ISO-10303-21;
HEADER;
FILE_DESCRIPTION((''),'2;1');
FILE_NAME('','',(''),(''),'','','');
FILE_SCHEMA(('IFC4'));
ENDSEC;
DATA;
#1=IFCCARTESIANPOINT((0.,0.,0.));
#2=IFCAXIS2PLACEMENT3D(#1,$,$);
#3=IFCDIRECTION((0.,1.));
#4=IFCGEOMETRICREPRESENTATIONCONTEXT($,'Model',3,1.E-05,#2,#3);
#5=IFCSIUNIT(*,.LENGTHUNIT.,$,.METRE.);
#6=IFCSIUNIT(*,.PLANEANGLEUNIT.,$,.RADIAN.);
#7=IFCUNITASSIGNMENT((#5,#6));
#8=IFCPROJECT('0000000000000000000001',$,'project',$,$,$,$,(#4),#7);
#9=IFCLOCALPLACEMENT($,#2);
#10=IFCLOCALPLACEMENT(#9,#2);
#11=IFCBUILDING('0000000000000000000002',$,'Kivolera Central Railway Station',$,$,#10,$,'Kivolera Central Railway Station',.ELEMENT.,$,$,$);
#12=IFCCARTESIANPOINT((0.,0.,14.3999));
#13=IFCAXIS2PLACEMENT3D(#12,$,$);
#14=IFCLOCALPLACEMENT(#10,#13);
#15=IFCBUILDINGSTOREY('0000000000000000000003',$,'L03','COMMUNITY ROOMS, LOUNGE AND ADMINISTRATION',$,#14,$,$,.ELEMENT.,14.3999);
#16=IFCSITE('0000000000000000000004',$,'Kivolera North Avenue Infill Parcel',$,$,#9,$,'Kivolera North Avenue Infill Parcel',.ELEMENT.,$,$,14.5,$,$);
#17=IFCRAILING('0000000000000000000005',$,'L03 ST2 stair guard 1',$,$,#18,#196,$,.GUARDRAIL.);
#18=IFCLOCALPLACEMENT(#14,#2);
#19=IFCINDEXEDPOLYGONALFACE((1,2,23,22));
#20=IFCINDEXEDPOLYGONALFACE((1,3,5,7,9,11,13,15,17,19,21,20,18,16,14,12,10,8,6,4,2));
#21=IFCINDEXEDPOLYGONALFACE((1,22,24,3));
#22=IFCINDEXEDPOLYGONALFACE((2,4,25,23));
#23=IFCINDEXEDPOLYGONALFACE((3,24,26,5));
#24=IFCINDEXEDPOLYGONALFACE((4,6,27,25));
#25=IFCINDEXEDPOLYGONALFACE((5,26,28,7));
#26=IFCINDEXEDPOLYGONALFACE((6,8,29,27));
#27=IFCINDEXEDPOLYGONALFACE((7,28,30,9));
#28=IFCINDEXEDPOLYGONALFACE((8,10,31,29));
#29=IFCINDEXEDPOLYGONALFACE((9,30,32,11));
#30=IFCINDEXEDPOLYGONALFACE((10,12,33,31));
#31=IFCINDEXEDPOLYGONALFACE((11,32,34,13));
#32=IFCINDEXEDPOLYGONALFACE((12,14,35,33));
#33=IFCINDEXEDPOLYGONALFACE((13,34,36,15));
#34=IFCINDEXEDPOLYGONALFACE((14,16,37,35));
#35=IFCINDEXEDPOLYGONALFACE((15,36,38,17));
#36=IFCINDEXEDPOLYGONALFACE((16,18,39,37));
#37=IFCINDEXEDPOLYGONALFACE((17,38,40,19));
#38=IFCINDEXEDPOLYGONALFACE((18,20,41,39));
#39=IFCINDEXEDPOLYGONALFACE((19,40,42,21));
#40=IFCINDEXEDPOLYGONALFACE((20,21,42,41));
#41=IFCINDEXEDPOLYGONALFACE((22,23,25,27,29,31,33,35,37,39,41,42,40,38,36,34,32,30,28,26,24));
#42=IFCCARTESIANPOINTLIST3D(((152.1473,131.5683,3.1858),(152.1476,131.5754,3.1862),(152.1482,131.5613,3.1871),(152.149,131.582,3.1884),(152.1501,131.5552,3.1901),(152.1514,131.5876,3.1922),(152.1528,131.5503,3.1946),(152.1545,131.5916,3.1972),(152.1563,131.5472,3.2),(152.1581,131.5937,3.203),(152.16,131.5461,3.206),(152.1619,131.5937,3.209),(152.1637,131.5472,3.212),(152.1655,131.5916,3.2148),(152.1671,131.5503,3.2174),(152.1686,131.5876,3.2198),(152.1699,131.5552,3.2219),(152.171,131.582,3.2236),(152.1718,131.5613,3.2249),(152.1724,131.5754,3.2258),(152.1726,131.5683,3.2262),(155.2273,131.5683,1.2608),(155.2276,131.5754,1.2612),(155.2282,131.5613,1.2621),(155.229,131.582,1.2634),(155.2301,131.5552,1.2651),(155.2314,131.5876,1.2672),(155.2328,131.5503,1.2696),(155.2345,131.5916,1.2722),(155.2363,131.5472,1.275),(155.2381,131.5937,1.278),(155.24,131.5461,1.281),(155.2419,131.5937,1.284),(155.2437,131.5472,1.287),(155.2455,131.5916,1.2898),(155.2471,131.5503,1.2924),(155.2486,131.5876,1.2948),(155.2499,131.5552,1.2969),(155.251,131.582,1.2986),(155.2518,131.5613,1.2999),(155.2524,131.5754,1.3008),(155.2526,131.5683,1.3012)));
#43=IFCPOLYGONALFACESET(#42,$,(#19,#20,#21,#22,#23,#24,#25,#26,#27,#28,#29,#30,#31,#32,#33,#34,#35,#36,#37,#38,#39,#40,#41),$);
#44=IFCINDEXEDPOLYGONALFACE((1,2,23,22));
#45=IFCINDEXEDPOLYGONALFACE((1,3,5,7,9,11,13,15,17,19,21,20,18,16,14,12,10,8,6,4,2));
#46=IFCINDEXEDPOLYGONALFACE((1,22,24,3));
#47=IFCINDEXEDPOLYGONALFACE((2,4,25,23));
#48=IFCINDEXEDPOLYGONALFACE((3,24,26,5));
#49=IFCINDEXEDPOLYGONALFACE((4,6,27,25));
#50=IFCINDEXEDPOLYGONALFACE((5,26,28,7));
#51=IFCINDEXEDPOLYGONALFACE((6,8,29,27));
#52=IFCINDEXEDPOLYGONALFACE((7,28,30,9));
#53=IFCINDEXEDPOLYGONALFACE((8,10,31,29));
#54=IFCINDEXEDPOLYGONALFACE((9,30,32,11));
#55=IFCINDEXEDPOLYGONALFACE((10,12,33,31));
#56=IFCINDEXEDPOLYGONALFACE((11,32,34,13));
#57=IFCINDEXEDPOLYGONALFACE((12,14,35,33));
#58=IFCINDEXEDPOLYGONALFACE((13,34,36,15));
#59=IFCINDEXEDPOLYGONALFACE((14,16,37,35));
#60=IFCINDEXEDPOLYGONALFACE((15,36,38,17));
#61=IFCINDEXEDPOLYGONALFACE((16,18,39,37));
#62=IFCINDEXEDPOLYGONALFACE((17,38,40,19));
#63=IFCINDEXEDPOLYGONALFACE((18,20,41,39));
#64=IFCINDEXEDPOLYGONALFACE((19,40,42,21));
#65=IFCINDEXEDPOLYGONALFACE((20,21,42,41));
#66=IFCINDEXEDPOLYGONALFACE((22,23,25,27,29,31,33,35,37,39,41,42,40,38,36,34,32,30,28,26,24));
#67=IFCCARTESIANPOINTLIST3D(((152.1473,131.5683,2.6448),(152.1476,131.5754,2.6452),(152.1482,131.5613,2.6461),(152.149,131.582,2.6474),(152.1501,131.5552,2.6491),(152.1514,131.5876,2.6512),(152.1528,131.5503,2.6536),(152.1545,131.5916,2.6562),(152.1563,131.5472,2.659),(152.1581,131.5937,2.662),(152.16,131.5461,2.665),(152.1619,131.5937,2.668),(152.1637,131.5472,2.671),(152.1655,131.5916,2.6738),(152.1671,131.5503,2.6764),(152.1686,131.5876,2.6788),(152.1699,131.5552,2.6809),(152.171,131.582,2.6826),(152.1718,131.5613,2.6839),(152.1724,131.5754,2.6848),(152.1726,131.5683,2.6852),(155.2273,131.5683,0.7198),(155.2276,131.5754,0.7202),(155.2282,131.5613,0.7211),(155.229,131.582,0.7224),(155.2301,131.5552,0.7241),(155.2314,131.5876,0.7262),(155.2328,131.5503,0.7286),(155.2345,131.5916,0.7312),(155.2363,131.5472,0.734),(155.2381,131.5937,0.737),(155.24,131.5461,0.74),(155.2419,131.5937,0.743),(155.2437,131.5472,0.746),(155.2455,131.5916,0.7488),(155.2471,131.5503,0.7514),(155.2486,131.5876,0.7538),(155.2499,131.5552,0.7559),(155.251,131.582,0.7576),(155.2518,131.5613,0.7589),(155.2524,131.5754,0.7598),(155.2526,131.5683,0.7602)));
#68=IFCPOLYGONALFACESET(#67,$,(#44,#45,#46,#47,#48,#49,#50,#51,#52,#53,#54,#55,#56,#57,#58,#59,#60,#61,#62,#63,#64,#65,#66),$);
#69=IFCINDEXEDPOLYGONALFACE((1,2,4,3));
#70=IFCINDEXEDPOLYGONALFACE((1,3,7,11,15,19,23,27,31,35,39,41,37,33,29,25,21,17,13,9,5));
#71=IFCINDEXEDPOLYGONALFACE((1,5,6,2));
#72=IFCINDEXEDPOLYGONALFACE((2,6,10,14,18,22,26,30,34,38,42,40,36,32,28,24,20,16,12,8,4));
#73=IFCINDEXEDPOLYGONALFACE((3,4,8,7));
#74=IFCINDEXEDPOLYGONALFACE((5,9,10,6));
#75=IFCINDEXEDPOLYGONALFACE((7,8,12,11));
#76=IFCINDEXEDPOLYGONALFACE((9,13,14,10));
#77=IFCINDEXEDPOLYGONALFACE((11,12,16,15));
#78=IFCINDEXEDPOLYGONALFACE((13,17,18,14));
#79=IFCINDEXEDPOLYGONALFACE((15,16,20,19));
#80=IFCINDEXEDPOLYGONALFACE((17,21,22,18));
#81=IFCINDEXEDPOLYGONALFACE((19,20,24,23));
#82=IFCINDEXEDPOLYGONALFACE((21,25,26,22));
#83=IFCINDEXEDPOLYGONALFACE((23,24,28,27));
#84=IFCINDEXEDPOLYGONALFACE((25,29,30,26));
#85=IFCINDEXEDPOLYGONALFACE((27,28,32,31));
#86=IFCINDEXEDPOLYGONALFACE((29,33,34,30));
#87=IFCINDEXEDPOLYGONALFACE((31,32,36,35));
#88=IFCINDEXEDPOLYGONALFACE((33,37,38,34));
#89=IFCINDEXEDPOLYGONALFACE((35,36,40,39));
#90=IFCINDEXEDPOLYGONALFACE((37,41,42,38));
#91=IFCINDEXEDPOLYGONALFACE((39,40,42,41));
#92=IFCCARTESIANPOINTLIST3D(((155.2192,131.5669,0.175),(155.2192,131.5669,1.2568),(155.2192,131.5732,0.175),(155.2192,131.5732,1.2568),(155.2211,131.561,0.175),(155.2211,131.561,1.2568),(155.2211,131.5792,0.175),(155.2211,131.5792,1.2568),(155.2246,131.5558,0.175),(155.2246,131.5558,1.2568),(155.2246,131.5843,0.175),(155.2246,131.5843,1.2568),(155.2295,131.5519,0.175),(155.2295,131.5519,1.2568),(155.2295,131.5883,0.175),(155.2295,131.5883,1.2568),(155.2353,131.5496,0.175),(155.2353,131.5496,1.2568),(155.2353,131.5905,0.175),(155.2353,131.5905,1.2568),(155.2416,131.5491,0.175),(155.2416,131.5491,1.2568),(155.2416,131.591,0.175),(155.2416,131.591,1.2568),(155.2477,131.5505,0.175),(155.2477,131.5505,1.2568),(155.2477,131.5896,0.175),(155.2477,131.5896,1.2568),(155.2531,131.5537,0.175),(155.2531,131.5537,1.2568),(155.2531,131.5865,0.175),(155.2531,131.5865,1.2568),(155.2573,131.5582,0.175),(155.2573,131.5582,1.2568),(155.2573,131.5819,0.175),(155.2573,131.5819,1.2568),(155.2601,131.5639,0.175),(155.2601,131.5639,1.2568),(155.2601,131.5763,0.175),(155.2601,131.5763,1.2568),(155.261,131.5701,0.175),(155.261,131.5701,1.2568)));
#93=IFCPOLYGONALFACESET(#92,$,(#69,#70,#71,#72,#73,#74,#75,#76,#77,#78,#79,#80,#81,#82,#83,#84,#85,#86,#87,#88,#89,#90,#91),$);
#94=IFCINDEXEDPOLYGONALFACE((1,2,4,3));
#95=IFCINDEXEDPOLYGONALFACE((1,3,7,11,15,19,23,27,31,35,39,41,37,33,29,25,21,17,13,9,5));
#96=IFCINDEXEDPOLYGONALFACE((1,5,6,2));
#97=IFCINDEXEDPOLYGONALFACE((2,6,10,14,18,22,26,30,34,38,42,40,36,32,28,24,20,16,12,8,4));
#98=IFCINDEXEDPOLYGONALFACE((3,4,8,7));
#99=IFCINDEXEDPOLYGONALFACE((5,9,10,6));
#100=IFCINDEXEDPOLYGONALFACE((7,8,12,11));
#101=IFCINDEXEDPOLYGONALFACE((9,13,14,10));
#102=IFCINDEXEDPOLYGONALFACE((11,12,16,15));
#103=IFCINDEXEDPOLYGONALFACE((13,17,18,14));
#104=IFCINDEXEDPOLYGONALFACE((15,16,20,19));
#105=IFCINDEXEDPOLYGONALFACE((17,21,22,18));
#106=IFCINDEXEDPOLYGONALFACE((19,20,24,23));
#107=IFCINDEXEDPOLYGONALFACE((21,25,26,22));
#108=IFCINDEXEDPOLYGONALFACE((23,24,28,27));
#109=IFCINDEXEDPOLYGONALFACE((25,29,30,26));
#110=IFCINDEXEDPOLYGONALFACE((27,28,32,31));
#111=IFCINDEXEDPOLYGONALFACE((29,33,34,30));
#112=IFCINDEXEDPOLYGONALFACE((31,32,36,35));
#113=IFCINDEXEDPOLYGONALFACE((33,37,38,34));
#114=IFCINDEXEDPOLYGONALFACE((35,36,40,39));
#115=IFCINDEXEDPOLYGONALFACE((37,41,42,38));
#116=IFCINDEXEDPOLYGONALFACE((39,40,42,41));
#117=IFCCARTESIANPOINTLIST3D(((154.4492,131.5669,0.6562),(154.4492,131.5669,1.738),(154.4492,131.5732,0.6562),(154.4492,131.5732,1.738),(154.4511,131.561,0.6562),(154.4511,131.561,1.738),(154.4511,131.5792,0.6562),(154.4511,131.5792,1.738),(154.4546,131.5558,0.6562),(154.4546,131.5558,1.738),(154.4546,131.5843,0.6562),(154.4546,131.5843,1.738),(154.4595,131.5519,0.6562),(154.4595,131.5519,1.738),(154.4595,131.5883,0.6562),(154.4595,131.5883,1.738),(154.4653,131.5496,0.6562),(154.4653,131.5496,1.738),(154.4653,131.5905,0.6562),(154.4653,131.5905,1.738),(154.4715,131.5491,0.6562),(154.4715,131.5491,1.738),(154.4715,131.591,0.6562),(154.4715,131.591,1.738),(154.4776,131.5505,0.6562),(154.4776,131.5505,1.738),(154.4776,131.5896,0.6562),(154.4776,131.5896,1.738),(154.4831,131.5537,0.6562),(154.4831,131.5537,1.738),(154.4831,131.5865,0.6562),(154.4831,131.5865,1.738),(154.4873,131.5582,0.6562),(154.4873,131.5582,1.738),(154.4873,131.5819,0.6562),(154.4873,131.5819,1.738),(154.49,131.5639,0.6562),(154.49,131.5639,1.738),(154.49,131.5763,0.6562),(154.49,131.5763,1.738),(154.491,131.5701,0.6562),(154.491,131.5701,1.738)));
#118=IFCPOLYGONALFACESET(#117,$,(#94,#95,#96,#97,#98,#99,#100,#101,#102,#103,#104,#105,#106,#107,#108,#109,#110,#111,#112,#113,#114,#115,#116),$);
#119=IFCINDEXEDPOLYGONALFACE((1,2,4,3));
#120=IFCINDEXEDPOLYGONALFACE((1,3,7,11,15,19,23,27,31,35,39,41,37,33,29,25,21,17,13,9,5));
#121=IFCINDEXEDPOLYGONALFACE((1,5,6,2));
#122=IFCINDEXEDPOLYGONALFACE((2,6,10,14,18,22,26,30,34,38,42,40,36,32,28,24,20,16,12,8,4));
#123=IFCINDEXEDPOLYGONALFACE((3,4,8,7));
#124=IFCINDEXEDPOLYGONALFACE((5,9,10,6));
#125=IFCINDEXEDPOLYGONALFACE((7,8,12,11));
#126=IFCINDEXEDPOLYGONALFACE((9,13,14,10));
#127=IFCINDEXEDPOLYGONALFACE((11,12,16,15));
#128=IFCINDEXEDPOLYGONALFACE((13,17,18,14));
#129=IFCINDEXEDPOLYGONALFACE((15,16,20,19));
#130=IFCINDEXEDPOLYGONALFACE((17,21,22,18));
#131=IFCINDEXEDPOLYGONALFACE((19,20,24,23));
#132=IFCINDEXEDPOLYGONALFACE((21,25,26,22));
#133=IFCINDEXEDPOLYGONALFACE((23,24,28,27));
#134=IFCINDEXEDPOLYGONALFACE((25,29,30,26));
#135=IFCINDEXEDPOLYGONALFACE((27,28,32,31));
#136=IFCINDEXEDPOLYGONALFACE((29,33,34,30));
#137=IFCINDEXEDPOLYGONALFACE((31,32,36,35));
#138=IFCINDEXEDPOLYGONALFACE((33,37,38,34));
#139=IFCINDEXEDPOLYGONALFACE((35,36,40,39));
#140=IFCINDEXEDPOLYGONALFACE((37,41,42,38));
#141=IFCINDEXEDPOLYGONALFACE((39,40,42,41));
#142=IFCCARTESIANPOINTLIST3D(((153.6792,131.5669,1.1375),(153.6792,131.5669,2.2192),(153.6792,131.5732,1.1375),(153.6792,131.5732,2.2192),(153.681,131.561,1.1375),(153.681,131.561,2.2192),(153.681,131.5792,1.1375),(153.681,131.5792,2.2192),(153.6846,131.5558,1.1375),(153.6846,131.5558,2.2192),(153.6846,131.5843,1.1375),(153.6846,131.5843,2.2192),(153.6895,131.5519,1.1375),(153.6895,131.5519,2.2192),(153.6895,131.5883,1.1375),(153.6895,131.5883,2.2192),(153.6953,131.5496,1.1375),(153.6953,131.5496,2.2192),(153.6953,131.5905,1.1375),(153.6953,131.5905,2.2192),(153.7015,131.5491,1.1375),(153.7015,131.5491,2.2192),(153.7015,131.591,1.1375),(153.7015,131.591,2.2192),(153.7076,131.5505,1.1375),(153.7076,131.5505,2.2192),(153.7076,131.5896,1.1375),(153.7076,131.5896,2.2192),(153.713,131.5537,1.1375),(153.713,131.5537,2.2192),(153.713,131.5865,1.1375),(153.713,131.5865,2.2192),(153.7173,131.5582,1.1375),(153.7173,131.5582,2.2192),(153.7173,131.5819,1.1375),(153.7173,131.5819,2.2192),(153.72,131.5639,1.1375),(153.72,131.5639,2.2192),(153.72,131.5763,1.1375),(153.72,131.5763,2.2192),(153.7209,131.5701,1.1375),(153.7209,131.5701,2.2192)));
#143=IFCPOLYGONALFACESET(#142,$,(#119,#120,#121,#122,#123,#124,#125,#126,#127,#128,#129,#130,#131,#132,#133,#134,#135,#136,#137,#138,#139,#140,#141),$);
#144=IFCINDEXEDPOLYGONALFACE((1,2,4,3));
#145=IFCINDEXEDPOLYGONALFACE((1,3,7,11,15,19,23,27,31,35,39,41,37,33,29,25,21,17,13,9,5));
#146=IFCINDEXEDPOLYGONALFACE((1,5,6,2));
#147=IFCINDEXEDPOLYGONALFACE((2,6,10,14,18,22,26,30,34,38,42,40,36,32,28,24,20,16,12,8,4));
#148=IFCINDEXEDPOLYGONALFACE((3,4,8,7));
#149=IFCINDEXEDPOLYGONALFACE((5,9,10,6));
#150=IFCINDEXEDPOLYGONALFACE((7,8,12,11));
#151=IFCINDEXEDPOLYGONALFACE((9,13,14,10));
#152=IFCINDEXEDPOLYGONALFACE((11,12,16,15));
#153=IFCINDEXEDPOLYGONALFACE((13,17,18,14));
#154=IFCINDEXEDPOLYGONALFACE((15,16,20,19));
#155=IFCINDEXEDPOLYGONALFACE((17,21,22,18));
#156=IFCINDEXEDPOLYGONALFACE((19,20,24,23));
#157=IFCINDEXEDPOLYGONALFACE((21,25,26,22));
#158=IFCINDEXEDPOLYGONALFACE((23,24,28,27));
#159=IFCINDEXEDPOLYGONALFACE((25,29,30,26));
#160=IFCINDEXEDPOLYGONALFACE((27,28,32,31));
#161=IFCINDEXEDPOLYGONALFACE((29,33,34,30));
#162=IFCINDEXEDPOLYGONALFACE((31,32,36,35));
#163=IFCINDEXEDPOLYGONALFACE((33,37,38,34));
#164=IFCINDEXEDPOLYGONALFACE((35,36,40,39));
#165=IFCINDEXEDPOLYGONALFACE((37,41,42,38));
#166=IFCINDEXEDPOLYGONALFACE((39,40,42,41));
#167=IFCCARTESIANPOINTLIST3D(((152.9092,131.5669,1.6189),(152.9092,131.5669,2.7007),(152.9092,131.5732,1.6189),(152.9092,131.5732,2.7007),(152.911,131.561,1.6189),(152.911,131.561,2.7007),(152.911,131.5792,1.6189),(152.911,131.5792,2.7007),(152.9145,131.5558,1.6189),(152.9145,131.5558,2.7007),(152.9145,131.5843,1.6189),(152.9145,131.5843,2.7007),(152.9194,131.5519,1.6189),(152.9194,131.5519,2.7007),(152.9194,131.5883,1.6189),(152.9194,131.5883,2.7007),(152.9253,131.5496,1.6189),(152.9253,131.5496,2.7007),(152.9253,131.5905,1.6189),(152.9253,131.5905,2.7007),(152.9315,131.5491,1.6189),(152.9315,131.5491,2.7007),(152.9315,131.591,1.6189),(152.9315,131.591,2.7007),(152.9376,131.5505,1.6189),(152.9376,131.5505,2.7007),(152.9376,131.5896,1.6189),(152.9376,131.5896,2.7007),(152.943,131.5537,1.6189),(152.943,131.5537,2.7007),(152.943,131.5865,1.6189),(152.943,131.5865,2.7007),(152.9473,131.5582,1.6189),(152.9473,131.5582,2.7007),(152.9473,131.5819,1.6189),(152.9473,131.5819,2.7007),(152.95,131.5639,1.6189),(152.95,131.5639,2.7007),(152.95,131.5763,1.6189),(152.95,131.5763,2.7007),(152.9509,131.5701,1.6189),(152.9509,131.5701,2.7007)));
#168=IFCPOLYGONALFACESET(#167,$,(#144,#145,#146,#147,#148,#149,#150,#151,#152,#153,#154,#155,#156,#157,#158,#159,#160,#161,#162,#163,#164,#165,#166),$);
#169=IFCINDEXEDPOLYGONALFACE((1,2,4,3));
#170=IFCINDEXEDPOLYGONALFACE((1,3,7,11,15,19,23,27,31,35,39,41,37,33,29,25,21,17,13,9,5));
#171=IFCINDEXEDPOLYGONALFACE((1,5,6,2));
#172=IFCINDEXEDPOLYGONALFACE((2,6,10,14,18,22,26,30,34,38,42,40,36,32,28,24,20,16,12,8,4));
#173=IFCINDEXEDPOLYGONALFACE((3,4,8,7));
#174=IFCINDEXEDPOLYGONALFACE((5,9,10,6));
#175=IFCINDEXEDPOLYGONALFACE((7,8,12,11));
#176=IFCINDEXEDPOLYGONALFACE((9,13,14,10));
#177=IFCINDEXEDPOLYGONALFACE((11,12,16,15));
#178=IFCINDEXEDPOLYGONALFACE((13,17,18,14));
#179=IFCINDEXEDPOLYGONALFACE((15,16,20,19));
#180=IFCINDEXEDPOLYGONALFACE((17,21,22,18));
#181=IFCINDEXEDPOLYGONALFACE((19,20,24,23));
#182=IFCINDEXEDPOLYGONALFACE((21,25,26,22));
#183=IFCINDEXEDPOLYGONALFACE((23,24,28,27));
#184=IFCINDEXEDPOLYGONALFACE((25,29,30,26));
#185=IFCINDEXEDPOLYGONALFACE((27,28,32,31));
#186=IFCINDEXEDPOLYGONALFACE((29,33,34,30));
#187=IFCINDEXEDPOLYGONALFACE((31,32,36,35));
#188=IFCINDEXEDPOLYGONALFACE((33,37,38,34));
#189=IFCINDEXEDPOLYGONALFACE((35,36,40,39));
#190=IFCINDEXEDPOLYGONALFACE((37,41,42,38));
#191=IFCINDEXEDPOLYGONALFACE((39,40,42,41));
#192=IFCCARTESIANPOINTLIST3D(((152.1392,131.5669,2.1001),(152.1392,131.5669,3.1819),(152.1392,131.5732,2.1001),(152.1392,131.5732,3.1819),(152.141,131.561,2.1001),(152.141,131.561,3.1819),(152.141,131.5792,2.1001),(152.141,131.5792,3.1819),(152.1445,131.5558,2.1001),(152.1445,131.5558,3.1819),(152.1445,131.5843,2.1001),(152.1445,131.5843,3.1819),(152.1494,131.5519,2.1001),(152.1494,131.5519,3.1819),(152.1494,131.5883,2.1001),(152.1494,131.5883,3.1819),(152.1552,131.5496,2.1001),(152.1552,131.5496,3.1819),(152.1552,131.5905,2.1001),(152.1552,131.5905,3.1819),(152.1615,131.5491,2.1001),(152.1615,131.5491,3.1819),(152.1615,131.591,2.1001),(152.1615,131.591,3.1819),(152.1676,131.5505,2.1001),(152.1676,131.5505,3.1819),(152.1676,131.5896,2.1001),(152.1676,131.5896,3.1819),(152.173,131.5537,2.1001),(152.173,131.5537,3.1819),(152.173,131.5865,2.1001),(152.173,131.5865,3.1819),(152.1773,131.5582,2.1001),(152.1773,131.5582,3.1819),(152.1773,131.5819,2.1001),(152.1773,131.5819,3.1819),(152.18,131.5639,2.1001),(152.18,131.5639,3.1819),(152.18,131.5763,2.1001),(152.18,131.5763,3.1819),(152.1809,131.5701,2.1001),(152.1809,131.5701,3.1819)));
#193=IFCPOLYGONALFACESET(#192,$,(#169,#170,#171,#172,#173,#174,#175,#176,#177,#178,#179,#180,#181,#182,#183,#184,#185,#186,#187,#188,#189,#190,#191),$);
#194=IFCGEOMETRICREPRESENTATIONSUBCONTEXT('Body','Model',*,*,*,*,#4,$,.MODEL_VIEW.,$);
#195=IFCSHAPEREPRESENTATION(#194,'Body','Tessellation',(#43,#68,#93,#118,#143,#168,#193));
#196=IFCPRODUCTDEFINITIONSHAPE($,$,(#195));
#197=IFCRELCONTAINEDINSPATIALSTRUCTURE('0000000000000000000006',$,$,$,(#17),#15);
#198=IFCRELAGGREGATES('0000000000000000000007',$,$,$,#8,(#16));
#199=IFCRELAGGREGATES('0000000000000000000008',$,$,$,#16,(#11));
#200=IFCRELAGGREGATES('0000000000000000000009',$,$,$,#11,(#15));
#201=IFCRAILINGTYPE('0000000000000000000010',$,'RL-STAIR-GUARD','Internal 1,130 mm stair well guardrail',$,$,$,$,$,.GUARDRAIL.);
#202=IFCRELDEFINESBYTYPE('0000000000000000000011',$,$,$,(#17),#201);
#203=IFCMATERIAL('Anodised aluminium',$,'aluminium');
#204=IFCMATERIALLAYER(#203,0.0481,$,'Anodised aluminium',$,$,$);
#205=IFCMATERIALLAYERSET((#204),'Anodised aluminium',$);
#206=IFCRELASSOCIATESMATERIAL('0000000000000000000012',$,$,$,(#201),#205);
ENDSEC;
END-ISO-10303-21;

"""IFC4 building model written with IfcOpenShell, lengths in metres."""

from ifc_helpers import new_model, si_unit, direction, frame, origin, origin_2d, place, context, subcontext, project, spatial, circle, extrude, material, layer, layer_set, type_object, element, save


model = new_model("IFC4")

# Units and contexts
model_context = context("Model", 3, precision=1e-05, world=origin(), true_north=direction((0.0, 1.0)))
body_context = subcontext(model_context, "Body", "Model", "MODEL_VIEW")
ifc_project = project(units=[si_unit("LENGTHUNIT", "METRE"), si_unit("PLANEANGLEUNIT", "RADIAN")], contexts=[model_context])

# Site, building, storey
site_placement = place(None, origin())
site = spatial("IfcSite", under=ifc_project, at=site_placement, Name="Kivolera North Avenue Infill Parcel", LongName="Kivolera North Avenue Infill Parcel", CompositionType="ELEMENT", RefElevation=14.5)
building_placement = place(site_placement, origin())
building = spatial("IfcBuilding", under=site, at=building_placement, Name="Kivolera Central Railway Station", LongName="Kivolera Central Railway Station", CompositionType="ELEMENT")
storey_placement = place(building_placement, frame((0.0, 0.0, 14.3999)))
storey = spatial("IfcBuildingStorey", under=building, at=storey_placement, Name="L03", Description="COMMUNITY ROOMS, LOUNGE AND ADMINISTRATION", CompositionType="ELEMENT", Elevation=14.3999)

# Shared definitions
ifc_material_1 = material(Name="Anodised aluminium", Category="aluminium")

# Railing
ifc_layer_1 = layer(ifc_material_1, 0.0481, Name="Anodised aluminium")
ifc_layer_set_1 = layer_set([ifc_layer_1], Name="Anodised aluminium")
railing_type_1 = type_object("IfcRailingType", Name="RL-STAIR-GUARD", Description="Internal 1,130 mm stair well guardrail", PredefinedType="GUARDRAIL", material=ifc_layer_set_1)
railing_1_placement = place(storey_placement, frame((155.24, 131.5701, 0.175)))
element("IfcRailing", 1, at=railing_1_placement, inside=storey, type_object=railing_type_1, Name="L03 ST2 stair guard 1", PredefinedType="GUARDRAIL", context=body_context, shape_type="SweptSolid", body=[
    extrude(circle(Radius=0.0239, at=origin_2d()), frame((0.0, 0.0, 1.106), z_axis=(-0.847998, 0.0, 0.529999), x_axis=(0.0, -1.0, 0.0)), (0.0, 0.0, 1.0), 3.6321),
    extrude(circle(Radius=0.0239, at=origin_2d()), frame((0.0, 0.0, 0.5649), z_axis=(-0.847998, 0.0, 0.529999), x_axis=(0.0, -1.0, 0.0)), (0.0, 0.0, 1.0), 3.6321),
    extrude(circle(Radius=0.021, at=origin_2d()), origin(), (0.0, 0.0, 1.0), 1.0818),
    extrude(circle(Radius=0.021, at=origin_2d()), frame((-0.77, 0.0, 0.4812)), (0.0, 0.0, 1.0), 1.0818),
    extrude(circle(Radius=0.021, at=origin_2d()), frame((-1.54, 0.0, 0.9624)), (0.0, 0.0, 1.0), 1.0818),
    extrude(circle(Radius=0.021, at=origin_2d()), frame((-2.3101, 0.0, 1.4438)), (0.0, 0.0, 1.0), 1.0818),
    extrude(circle(Radius=0.021, at=origin_2d()), frame((-3.0801, 0.0, 1.925)), (0.0, 0.0, 1.0), 1.0818),
])

save(model, "model.ifc")
